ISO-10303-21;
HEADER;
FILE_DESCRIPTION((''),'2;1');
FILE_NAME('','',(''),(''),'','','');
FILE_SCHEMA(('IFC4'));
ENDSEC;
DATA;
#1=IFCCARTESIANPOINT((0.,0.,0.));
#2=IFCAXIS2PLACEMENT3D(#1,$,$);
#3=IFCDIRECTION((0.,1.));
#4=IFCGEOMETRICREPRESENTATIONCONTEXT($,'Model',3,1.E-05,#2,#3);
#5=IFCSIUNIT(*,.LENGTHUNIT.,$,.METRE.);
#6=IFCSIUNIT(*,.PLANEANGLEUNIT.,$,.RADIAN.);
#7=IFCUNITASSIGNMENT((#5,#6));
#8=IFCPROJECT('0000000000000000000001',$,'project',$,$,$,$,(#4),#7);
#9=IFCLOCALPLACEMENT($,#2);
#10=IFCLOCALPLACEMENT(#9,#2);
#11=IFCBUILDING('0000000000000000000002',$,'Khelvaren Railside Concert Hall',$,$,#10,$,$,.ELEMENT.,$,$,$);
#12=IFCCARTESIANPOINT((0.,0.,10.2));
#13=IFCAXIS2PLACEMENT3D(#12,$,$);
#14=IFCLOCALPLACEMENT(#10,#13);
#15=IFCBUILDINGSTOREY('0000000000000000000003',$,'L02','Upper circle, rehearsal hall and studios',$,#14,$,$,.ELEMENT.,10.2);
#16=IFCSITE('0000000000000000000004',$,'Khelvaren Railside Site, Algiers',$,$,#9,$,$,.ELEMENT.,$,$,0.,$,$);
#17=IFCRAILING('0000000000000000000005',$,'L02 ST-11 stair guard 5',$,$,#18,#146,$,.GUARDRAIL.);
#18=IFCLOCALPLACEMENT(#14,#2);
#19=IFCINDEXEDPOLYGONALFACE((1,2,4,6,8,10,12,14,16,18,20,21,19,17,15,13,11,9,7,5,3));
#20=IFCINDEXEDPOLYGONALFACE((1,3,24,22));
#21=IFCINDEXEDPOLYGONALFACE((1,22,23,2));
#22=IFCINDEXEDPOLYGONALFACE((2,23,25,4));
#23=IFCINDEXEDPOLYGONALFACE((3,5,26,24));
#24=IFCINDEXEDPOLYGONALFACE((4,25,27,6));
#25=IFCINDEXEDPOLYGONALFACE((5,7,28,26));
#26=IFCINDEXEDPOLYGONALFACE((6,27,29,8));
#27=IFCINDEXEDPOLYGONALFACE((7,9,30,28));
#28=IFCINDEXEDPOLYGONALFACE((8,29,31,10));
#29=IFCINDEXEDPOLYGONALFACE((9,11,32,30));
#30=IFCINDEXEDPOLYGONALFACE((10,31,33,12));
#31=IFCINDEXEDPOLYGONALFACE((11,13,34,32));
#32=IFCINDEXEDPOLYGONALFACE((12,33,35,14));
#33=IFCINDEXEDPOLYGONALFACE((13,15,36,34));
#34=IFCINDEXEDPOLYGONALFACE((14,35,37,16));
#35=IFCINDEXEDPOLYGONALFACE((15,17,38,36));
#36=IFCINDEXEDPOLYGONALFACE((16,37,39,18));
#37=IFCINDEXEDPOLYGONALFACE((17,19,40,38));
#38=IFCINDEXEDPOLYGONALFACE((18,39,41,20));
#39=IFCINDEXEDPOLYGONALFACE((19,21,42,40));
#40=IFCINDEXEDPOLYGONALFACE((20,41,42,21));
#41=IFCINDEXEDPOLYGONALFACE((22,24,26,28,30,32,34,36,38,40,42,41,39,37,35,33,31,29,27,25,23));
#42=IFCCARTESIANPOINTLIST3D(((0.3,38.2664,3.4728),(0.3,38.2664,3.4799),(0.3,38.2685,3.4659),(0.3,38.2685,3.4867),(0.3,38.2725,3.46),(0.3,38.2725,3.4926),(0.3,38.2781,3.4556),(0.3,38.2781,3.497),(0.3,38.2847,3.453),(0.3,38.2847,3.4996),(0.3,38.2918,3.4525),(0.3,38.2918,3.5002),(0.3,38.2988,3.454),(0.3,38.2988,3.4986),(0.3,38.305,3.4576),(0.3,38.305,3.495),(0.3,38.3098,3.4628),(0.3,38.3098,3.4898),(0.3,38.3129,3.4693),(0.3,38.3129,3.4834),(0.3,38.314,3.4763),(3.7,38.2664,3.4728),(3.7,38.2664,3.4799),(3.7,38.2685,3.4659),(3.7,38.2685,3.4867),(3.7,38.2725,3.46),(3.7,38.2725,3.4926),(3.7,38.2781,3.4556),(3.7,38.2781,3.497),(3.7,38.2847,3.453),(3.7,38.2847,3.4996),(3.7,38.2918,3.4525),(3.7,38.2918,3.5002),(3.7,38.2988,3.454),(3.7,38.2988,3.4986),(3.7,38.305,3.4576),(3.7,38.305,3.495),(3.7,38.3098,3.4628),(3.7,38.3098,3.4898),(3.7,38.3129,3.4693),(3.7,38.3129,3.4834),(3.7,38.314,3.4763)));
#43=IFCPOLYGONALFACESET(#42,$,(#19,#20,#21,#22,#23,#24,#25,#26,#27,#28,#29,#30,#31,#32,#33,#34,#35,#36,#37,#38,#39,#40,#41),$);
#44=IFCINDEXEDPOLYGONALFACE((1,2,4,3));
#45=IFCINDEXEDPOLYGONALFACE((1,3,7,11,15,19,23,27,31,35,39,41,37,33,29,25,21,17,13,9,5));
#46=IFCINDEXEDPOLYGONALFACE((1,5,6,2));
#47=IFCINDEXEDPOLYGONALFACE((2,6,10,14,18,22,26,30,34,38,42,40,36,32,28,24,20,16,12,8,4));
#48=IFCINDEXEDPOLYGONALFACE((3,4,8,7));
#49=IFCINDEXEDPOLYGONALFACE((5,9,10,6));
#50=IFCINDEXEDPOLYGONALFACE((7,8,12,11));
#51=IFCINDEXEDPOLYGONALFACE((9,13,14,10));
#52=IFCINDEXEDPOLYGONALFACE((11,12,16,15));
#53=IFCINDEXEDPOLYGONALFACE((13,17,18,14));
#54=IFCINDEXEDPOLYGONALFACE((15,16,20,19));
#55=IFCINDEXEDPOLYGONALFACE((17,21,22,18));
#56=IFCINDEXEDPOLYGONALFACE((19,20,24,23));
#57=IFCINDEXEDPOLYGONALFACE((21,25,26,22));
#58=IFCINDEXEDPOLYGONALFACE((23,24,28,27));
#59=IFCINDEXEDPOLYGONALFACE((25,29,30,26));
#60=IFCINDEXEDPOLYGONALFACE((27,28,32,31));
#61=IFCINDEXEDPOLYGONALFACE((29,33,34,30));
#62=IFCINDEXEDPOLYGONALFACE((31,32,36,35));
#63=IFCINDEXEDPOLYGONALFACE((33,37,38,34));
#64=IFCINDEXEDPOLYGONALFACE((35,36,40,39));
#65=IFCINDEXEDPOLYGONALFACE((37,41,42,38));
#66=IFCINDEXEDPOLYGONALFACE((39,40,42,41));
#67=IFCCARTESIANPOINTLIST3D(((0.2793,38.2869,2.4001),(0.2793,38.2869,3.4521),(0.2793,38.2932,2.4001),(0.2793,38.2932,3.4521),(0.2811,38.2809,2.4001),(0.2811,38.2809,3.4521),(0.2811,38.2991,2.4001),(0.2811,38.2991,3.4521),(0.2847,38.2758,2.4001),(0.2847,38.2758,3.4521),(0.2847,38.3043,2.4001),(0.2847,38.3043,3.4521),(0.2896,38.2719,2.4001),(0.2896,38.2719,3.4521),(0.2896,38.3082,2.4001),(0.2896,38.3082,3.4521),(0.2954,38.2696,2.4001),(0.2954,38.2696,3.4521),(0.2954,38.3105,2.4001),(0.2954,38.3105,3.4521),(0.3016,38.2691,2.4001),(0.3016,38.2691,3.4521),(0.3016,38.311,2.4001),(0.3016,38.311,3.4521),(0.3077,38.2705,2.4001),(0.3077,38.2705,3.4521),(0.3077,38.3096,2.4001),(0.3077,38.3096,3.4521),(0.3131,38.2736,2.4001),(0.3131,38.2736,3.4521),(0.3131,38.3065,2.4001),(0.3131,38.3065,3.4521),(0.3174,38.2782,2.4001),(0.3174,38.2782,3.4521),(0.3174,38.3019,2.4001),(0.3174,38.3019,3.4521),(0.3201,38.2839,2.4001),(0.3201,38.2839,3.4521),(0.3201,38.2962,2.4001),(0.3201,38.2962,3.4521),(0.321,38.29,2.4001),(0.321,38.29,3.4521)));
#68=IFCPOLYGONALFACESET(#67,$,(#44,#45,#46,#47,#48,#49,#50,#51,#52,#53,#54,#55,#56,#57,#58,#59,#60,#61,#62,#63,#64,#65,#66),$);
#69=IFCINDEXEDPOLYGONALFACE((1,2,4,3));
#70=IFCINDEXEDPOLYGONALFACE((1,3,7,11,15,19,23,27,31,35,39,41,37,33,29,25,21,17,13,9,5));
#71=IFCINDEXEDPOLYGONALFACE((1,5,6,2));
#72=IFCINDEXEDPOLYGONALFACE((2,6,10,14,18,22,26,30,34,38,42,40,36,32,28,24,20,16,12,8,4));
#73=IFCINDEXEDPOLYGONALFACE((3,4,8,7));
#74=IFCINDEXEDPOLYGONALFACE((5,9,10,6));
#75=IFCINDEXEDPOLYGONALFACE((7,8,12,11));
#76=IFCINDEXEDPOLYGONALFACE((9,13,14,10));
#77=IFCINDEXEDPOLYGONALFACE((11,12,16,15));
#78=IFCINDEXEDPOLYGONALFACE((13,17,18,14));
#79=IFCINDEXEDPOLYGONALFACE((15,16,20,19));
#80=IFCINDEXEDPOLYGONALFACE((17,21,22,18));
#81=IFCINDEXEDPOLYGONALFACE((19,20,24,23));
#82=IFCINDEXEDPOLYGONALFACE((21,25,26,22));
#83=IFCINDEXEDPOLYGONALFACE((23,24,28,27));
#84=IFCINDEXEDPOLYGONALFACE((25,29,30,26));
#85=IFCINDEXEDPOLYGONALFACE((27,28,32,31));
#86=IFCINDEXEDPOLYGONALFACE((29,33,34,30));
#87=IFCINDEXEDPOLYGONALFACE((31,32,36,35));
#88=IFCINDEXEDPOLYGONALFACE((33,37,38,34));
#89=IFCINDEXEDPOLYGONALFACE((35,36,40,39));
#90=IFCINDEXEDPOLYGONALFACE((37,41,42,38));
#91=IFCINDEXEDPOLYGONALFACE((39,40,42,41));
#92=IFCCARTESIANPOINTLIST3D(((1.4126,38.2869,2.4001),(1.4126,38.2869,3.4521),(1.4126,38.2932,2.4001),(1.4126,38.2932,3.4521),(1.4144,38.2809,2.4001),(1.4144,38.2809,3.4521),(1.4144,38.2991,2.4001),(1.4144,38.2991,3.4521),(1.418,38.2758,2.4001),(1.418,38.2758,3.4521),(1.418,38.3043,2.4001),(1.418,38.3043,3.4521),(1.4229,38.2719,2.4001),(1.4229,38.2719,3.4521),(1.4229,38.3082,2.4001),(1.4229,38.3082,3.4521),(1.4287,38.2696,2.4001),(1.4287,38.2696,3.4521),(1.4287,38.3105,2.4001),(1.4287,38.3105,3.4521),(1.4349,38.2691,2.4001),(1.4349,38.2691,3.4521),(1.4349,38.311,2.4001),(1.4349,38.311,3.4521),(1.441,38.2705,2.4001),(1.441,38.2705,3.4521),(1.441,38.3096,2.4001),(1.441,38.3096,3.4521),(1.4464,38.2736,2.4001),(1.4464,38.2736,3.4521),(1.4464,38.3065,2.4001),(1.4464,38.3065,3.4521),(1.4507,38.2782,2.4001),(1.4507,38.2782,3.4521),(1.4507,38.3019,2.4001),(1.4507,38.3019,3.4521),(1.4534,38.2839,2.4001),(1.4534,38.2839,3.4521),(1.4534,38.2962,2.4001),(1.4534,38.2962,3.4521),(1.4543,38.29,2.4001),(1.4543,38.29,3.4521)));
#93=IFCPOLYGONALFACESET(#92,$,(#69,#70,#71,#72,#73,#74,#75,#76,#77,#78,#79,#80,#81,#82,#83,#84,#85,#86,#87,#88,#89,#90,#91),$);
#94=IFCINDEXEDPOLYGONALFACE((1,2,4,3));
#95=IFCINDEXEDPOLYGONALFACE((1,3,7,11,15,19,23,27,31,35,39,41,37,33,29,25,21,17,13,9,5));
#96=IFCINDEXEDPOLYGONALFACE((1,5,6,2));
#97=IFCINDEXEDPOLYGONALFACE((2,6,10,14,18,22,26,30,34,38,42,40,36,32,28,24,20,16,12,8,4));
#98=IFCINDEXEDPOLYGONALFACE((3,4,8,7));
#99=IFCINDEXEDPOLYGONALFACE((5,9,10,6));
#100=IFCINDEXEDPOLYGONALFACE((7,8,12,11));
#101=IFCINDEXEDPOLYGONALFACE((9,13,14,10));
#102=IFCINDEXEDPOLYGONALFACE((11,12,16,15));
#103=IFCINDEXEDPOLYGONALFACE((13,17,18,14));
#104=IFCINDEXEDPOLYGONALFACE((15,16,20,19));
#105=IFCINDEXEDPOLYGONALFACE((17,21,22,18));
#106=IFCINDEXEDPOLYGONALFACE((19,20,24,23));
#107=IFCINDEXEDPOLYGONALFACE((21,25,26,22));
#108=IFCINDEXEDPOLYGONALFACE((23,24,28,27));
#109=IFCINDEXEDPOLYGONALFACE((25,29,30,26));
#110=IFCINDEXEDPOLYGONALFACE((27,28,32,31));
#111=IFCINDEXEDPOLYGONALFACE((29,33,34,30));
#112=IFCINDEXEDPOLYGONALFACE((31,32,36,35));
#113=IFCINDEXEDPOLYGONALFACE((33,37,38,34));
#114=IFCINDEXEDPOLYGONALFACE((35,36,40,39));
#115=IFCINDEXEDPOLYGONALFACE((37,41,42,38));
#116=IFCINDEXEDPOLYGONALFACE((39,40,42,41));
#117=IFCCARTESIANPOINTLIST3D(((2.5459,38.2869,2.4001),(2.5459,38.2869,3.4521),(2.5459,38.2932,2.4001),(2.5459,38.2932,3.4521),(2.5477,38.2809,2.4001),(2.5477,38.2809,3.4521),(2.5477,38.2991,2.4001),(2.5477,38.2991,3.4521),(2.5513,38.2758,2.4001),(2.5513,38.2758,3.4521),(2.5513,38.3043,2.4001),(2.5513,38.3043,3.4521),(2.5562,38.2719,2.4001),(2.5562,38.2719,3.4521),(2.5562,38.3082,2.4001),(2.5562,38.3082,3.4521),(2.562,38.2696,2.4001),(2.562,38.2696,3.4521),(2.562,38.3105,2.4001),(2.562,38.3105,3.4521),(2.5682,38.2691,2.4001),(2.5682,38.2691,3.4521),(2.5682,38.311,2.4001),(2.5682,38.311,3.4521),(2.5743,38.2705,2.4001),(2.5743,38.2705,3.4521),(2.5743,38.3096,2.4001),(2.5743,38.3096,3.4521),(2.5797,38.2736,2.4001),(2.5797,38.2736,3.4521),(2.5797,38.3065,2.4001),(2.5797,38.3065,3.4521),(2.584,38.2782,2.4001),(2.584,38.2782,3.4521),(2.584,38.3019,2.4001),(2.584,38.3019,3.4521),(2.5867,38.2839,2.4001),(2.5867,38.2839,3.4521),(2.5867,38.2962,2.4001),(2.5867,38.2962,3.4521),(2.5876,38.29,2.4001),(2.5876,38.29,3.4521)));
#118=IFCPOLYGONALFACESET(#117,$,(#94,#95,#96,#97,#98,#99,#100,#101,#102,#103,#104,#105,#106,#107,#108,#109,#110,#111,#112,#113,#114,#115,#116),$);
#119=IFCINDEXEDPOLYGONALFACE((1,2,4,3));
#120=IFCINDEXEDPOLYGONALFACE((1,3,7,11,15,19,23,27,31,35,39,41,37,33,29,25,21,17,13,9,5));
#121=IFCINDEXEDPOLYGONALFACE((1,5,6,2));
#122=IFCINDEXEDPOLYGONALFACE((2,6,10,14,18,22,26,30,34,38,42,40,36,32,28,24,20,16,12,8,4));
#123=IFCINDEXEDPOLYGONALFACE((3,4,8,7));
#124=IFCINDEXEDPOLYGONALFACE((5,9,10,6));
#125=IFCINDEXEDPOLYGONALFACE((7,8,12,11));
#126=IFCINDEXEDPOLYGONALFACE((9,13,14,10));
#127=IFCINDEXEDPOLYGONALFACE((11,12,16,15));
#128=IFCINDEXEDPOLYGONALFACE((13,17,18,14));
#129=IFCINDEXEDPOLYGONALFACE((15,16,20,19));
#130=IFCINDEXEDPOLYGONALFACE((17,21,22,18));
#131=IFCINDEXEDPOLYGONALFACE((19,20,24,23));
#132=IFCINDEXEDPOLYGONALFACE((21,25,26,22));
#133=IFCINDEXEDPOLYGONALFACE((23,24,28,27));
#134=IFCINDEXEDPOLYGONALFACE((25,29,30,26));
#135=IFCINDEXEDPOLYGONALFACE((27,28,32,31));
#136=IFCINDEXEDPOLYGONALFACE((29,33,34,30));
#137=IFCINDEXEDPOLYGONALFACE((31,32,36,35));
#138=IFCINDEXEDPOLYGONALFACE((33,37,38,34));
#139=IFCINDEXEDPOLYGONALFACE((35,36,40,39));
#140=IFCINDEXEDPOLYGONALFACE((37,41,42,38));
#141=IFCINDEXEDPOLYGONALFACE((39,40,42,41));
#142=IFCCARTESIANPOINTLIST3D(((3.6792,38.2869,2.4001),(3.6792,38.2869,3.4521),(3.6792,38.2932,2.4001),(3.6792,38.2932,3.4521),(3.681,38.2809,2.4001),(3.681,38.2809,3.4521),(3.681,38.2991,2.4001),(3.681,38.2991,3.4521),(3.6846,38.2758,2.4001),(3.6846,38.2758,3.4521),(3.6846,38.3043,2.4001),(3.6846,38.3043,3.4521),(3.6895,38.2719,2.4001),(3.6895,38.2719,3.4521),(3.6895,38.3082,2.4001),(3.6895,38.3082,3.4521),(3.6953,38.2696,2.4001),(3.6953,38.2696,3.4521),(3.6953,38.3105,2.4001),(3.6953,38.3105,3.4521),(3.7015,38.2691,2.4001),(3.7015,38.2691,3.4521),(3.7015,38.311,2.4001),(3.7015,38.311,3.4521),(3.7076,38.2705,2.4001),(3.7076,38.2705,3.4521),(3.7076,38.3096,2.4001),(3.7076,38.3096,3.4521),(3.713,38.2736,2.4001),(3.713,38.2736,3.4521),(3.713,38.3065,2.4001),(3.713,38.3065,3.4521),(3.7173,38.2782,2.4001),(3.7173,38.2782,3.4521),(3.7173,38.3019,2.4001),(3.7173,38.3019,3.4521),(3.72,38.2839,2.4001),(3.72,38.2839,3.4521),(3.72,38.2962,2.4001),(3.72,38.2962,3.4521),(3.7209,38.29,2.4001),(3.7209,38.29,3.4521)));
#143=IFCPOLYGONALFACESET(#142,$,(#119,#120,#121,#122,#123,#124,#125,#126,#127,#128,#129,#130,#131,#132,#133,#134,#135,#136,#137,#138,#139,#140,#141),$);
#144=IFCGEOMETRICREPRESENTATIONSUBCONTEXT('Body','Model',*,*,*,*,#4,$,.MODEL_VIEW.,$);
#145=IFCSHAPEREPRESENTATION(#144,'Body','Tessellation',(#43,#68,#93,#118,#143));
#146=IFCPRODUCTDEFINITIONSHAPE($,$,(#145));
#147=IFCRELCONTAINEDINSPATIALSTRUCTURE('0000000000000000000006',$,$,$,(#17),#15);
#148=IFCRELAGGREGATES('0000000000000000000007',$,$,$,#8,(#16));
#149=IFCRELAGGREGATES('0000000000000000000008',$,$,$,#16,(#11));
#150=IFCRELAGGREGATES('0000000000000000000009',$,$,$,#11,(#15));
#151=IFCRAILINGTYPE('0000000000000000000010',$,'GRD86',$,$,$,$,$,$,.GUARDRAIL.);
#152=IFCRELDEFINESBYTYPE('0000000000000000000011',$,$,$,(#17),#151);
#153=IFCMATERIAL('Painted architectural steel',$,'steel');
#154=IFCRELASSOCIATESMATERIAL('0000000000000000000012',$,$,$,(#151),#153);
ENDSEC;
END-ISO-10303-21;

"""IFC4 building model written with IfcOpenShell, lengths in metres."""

from ifc_helpers import new_model, si_unit, direction, frame, origin, origin_2d, place, context, subcontext, project, spatial, circle, extrude, material, type_object, element, save


model = new_model("IFC4")

# Units and contexts
model_context = context("Model", 3, precision=1e-05, world=origin(), true_north=direction((0.0, 1.0)))
body_context = subcontext(model_context, "Body", "Model", "MODEL_VIEW")
ifc_project = project(units=[si_unit("LENGTHUNIT", "METRE"), si_unit("PLANEANGLEUNIT", "RADIAN")], contexts=[model_context])

# Site, building, storey
site_placement = place(None, origin())
site = spatial("IfcSite", under=ifc_project, at=site_placement, Name="Khelvaren Railside Site, Algiers", CompositionType="ELEMENT", RefElevation=0.0)
building_placement = place(site_placement, origin())
building = spatial("IfcBuilding", under=site, at=building_placement, Name="Khelvaren Railside Concert Hall", CompositionType="ELEMENT")
storey_placement = place(building_placement, frame((0.0, 0.0, 10.2)))
storey = spatial("IfcBuildingStorey", under=building, at=storey_placement, Name="L02", Description="Upper circle, rehearsal hall and studios", CompositionType="ELEMENT", Elevation=10.2)

# Railing
ifc_material_1 = material(Name="Painted architectural steel", Category="steel")
railing_type_1 = type_object("IfcRailingType", Name="GRD86", PredefinedType="GUARDRAIL", material=ifc_material_1)
railing_1_placement = place(storey_placement, frame((0.3, 38.29, 2.4001)))
element("IfcRailing", 1, at=railing_1_placement, inside=storey, type_object=railing_type_1, Name="L02 ST-11 stair guard 5", PredefinedType="GUARDRAIL", context=body_context, shape_type="SweptSolid", body=[
    extrude(circle(Radius=0.0239, at=origin_2d()), frame((0.0, 0.0, 1.0762), z_axis=(1.0, 0.0, 0.0), x_axis=(0.0, 1.0, 0.0)), (0.0, 0.0, 1.0), 3.3999),
    extrude(circle(Radius=0.021, at=origin_2d()), origin(), (0.0, 0.0, 1.0), 1.052),
    extrude(circle(Radius=0.021, at=origin_2d()), frame((1.1333, 0.0, 0.0)), (0.0, 0.0, 1.0), 1.052),
    extrude(circle(Radius=0.021, at=origin_2d()), frame((2.2666, 0.0, 0.0)), (0.0, 0.0, 1.0), 1.052),
    extrude(circle(Radius=0.021, at=origin_2d()), frame((3.3999, 0.0, 0.0)), (0.0, 0.0, 1.0), 1.052),
])

save(model, "model.ifc")
